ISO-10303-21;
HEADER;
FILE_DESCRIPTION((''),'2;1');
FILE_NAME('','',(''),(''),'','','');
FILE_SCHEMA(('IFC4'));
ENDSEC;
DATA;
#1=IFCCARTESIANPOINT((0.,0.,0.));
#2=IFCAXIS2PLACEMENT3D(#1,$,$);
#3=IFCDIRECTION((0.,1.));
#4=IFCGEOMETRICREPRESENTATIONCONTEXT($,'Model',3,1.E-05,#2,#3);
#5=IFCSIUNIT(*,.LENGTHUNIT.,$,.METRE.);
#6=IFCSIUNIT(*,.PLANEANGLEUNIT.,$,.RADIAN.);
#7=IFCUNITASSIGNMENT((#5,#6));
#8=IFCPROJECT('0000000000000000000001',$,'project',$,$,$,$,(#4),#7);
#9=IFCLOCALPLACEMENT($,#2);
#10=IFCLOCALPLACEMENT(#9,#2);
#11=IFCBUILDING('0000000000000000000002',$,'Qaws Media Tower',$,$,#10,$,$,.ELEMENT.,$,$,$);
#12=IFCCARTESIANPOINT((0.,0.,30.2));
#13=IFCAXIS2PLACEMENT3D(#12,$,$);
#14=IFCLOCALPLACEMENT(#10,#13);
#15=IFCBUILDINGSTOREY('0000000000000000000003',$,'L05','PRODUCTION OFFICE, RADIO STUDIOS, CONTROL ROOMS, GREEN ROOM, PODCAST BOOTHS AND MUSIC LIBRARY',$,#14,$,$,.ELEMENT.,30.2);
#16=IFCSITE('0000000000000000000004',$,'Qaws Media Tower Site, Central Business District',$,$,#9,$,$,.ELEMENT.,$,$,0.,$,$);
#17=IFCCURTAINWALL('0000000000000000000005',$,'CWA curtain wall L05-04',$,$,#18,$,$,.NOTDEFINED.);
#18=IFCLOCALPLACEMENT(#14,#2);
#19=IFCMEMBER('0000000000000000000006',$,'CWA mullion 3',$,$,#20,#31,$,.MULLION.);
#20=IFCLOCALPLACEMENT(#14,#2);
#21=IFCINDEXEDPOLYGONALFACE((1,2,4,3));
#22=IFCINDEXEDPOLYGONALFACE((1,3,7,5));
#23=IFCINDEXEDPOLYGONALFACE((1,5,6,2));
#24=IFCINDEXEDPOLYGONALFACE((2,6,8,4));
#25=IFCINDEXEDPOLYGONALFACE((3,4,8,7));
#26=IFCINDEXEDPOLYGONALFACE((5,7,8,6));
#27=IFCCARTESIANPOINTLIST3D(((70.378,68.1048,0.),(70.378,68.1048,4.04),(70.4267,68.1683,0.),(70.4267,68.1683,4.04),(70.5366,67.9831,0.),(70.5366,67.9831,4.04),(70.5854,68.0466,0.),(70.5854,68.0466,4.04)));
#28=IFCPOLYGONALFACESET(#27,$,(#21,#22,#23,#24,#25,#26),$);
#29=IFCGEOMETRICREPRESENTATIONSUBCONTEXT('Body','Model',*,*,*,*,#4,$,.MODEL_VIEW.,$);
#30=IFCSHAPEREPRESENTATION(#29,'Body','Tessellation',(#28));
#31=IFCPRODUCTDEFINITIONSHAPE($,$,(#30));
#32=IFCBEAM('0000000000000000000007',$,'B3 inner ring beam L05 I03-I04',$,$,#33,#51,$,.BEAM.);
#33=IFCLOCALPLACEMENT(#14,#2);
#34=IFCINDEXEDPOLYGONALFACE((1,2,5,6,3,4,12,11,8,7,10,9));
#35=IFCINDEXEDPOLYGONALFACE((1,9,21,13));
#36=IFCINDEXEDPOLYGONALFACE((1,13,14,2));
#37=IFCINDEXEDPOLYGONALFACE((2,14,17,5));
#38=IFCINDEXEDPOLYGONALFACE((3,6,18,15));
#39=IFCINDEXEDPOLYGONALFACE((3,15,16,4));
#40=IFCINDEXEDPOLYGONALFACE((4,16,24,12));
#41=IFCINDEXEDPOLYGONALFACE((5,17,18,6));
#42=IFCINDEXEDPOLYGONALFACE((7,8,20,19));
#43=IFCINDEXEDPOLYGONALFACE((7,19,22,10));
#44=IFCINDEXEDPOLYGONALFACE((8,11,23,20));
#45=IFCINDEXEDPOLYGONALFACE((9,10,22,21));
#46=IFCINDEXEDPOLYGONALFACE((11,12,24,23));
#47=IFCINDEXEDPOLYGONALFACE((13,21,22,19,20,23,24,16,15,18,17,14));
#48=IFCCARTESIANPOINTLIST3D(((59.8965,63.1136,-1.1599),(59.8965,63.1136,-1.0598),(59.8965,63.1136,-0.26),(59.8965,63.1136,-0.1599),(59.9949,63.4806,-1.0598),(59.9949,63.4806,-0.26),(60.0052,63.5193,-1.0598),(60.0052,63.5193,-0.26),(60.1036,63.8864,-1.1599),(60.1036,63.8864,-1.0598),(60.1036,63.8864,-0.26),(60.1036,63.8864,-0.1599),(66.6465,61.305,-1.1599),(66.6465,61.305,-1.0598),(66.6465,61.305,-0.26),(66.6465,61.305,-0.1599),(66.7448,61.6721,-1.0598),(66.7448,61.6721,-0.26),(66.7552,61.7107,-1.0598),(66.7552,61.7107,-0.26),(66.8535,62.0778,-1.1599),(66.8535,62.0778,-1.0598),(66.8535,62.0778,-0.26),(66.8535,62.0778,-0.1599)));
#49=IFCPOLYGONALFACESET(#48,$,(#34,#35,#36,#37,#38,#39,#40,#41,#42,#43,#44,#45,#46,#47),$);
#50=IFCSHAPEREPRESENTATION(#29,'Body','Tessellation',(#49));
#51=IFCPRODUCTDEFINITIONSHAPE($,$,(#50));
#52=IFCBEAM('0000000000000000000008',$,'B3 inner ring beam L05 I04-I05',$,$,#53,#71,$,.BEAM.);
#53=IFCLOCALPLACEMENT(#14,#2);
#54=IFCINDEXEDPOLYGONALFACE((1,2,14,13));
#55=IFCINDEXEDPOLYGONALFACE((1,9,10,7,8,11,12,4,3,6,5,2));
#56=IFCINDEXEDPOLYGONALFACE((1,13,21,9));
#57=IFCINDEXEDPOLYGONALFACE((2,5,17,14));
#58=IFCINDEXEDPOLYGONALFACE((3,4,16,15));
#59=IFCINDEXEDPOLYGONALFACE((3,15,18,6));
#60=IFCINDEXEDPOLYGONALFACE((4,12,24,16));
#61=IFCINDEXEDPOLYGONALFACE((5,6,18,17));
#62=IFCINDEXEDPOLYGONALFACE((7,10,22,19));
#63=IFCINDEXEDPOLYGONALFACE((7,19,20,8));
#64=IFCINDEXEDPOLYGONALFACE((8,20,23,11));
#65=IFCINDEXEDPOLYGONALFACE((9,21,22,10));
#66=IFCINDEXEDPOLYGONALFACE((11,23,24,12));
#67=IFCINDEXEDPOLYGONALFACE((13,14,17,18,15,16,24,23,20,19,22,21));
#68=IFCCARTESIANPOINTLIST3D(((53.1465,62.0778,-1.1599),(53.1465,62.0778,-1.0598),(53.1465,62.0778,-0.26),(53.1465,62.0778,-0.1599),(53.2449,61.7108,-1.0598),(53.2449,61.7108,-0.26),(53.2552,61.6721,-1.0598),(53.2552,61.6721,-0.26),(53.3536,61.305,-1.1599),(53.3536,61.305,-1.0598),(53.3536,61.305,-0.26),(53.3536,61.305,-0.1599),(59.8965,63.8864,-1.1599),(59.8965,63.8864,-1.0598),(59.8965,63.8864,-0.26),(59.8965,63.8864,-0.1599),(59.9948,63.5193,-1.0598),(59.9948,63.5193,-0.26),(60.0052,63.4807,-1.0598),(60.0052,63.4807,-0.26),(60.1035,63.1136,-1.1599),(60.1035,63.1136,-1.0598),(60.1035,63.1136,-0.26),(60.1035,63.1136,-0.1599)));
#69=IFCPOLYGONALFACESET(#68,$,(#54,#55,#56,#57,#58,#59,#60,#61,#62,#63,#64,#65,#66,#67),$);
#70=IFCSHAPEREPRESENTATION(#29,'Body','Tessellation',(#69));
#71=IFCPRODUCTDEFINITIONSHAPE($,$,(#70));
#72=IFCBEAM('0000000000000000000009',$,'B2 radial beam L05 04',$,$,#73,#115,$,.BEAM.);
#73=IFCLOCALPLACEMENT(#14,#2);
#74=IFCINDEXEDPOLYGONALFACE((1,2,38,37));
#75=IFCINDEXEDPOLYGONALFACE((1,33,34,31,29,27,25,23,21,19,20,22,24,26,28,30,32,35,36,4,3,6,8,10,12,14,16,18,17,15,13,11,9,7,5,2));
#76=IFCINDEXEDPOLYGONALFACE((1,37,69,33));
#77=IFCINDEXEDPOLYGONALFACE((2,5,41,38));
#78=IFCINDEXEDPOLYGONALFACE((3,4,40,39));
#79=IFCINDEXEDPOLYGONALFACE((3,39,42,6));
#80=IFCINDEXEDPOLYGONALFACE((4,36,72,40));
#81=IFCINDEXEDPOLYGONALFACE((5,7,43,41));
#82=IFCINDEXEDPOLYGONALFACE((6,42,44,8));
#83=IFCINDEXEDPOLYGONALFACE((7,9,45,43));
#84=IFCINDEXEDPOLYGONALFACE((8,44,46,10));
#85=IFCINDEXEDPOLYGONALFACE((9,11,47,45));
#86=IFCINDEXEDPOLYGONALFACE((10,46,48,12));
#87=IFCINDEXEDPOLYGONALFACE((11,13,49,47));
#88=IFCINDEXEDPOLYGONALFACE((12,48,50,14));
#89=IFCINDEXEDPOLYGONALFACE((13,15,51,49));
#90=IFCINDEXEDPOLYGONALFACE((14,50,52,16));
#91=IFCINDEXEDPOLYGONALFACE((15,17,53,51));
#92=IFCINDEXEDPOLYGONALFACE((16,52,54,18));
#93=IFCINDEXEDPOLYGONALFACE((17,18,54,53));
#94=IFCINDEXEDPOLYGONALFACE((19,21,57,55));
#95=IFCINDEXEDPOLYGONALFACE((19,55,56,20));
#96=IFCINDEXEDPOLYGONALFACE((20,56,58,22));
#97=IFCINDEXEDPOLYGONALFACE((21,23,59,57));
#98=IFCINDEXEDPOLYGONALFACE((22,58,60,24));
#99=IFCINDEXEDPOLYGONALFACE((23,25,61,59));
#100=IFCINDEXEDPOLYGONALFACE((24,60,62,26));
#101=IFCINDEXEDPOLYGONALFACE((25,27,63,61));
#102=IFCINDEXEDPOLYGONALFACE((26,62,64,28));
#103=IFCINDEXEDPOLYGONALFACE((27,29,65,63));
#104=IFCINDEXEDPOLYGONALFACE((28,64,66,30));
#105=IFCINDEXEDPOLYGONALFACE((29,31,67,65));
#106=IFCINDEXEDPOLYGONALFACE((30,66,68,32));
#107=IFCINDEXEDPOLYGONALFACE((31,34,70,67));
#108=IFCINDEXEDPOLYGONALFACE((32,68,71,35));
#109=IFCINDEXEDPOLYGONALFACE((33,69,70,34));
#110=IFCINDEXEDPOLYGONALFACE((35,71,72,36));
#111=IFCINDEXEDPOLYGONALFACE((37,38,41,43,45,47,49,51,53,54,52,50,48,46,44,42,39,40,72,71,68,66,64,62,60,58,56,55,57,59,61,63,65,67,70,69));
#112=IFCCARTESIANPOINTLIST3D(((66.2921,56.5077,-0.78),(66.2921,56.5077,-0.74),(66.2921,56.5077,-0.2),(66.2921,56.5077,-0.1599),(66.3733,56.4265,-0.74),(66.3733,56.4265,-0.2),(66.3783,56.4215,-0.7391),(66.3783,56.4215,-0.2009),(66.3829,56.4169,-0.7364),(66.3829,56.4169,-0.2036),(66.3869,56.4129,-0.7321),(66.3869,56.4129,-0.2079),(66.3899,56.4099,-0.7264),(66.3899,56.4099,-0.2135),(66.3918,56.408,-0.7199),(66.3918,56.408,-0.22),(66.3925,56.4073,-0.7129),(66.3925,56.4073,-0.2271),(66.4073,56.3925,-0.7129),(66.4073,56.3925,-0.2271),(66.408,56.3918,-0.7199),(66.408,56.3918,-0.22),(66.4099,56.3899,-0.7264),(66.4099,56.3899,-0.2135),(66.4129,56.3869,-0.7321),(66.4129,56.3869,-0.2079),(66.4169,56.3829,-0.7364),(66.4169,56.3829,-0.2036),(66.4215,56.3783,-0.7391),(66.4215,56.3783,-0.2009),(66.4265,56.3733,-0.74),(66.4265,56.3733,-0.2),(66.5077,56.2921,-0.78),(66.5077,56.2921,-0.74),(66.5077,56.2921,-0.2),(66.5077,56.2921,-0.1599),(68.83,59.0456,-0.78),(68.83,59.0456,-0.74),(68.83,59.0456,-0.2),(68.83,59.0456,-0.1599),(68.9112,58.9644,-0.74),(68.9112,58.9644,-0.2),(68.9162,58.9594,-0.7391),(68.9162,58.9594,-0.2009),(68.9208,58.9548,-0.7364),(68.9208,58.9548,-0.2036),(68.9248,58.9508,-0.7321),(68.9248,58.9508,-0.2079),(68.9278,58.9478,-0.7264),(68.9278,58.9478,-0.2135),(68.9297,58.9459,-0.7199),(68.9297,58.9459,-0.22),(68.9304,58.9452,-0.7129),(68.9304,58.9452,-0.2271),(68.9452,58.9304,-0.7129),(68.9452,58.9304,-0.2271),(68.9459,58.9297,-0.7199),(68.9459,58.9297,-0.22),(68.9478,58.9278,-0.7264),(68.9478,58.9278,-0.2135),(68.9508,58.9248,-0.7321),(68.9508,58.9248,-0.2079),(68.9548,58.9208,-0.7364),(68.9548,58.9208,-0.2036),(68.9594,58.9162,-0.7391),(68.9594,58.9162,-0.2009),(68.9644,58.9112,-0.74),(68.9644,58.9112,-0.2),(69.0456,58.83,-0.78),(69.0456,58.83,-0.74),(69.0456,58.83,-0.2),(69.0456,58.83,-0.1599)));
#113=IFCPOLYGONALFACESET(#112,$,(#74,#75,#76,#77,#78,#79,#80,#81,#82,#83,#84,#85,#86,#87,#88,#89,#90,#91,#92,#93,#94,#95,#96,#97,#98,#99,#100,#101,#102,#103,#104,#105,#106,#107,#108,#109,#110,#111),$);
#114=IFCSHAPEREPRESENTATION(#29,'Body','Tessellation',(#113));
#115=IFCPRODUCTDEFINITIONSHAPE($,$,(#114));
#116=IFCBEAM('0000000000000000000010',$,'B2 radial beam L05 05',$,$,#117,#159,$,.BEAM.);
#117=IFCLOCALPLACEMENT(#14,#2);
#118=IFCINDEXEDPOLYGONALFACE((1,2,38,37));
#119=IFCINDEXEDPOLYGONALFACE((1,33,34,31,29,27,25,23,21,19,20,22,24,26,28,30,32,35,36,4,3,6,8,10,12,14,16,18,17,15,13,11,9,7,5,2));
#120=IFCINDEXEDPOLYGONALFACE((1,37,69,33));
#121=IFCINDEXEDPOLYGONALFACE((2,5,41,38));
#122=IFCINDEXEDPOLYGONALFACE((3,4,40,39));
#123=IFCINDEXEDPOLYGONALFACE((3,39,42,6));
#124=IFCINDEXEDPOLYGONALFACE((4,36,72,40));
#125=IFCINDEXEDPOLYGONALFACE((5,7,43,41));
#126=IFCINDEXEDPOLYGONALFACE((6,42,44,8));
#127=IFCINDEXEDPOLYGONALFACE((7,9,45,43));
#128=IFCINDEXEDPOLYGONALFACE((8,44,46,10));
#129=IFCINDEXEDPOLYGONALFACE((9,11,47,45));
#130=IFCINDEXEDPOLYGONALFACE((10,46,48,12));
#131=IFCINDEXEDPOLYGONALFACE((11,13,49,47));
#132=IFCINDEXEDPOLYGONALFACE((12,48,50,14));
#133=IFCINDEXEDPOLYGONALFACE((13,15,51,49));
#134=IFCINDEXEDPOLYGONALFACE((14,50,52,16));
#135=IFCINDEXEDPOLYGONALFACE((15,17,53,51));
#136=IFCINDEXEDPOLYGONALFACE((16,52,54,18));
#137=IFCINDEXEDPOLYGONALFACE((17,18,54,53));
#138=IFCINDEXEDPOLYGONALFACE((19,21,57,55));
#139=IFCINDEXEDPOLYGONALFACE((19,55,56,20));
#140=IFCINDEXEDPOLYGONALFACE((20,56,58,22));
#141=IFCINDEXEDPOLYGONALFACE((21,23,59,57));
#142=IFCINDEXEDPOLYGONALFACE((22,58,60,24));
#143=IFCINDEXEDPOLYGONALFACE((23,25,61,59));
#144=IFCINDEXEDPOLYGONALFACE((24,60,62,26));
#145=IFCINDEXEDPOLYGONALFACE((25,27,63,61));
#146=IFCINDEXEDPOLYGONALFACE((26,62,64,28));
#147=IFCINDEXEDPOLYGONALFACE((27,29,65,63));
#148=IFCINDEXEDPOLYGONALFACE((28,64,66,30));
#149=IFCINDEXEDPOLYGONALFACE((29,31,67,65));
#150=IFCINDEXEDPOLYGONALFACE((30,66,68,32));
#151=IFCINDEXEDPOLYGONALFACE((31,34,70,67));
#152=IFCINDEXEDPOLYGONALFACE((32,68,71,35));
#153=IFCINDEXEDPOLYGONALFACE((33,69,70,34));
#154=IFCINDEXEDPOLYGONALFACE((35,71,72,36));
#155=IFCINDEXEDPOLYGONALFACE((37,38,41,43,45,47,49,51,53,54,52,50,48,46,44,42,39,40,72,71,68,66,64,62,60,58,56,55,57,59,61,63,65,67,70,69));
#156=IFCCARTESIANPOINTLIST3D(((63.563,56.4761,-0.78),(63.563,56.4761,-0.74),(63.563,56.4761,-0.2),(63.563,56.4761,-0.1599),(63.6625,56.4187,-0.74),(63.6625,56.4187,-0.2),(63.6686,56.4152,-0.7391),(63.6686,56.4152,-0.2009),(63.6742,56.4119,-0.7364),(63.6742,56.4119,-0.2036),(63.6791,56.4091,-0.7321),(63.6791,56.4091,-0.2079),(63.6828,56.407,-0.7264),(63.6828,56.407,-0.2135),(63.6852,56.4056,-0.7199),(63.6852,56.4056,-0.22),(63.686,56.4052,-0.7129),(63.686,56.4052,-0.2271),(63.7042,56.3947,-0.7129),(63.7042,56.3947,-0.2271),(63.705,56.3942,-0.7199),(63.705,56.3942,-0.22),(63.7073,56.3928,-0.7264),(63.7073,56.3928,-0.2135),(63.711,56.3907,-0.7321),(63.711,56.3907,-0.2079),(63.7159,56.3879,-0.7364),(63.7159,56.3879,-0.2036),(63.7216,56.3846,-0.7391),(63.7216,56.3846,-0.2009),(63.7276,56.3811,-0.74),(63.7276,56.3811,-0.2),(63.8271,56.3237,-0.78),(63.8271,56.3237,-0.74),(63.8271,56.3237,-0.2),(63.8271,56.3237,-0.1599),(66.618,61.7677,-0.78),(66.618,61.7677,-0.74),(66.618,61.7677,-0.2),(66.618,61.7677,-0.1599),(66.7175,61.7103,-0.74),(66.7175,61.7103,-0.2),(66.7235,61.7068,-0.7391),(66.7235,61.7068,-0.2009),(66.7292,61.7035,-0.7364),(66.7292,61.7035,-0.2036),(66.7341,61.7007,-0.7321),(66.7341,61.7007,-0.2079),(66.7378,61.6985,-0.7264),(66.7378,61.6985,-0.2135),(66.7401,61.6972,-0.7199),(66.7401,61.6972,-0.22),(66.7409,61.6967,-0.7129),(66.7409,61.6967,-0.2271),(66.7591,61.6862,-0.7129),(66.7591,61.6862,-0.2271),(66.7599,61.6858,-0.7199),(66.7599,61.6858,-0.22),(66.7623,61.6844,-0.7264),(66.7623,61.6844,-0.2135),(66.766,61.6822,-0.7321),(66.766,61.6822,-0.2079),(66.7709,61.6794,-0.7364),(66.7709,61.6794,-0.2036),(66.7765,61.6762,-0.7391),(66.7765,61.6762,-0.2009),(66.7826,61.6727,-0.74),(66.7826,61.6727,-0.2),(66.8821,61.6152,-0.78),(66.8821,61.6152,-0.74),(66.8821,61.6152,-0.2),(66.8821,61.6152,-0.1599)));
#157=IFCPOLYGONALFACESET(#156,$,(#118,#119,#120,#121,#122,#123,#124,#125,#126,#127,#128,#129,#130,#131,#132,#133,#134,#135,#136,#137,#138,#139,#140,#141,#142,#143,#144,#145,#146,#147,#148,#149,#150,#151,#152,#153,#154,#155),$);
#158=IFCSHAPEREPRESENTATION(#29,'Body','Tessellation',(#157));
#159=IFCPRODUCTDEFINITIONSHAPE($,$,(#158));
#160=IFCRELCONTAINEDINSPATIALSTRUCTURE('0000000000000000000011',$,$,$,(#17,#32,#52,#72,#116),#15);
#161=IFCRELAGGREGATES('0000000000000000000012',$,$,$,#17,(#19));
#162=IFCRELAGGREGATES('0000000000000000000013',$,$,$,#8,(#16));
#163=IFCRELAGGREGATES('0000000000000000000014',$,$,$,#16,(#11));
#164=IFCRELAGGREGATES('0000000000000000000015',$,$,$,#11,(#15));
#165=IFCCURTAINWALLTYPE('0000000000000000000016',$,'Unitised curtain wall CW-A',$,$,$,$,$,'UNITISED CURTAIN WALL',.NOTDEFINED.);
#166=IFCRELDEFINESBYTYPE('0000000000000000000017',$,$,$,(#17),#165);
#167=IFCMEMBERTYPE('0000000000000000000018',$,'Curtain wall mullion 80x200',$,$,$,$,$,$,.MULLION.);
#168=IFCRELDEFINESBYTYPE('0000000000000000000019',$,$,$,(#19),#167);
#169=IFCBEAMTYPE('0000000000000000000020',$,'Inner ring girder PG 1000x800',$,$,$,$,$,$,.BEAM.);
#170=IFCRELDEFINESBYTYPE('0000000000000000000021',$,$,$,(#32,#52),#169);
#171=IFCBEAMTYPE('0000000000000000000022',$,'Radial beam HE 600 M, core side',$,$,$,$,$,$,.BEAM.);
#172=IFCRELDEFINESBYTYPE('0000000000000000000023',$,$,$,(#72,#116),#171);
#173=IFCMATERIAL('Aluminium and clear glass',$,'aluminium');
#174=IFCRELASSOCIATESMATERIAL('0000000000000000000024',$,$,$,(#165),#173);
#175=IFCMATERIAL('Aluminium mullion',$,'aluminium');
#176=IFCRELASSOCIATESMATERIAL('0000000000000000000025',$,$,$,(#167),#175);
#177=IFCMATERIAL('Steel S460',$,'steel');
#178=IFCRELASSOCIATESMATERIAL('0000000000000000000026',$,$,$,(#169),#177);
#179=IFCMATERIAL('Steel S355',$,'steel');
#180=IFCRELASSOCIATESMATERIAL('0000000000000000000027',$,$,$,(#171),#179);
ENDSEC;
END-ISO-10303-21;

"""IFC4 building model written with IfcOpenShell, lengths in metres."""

from ifc_helpers import new_model, si_unit, direction, frame, origin, origin_2d, place, context, subcontext, project, spatial, rectangle, i_section, extrude, material, material_profile, profile_set, type_object, element, aggregate, save


model = new_model("IFC4")

# Units and contexts
model_context = context("Model", 3, precision=1e-05, world=origin(), true_north=direction((0.0, 1.0)))
body_context = subcontext(model_context, "Body", "Model", "MODEL_VIEW")
ifc_project = project(units=[si_unit("LENGTHUNIT", "METRE"), si_unit("PLANEANGLEUNIT", "RADIAN")], contexts=[model_context])

# Site, building, storey
site_placement = place(None, origin())
site = spatial("IfcSite", under=ifc_project, at=site_placement, Name="Qaws Media Tower Site, Central Business District", CompositionType="ELEMENT", RefElevation=0.0)
building_placement = place(site_placement, origin())
building = spatial("IfcBuilding", under=site, at=building_placement, Name="Qaws Media Tower", CompositionType="ELEMENT")
storey_placement = place(building_placement, frame((0.0, 0.0, 30.2)))
storey = spatial("IfcBuildingStorey", under=building, at=storey_placement, Name="L05", Description="PRODUCTION OFFICE, RADIO STUDIOS, CONTROL ROOMS, GREEN ROOM, PODCAST BOOTHS AND MUSIC LIBRARY", CompositionType="ELEMENT", Elevation=30.2)

# Curtain wall, member
ifc_material_1 = material(Name="Aluminium and clear glass", Category="aluminium")
curtain_wall_type = type_object("IfcCurtainWallType", Name="Unitised curtain wall CW-A", ElementType="UNITISED CURTAIN WALL", PredefinedType="NOTDEFINED", material=ifc_material_1)
curtain_wall_placement = place(storey_placement, origin())
curtain_wall = element("IfcCurtainWall", 1, at=curtain_wall_placement, inside=storey, type_object=curtain_wall_type, Name="CWA curtain wall L05-04", PredefinedType="NOTDEFINED")
ifc_material_2 = material(Name="Aluminium mullion", Category="aluminium")
ifc_material_profile_1 = material_profile(ifc_material_2, rectangle(XDim=0.0801, YDim=0.2, at=origin_2d()), Name="80x200")
ifc_profile_set_1 = profile_set([ifc_material_profile_1], Name="Aluminium mullion")
member_type = type_object("IfcMemberType", Name="Curtain wall mullion 80x200", PredefinedType="MULLION", material=ifc_profile_set_1)
member_placement = place(storey_placement, frame((70.4817, 68.0757, 0.0), z_axis=(0.0, 0.0, 1.0), x_axis=(-0.608761, -0.793353, 0.0)))
member = element("IfcMember", 2, at=member_placement, type_object=member_type, Name="CWA mullion 3", PredefinedType="MULLION", context=body_context, shape_type="SweptSolid", body=[
    extrude(rectangle(XDim=0.0801, YDim=0.2, at=origin_2d()), origin(), (0.0, 0.0, 1.0), 4.04),
])

# Beams
ifc_material_3 = material(Name="Steel S460", Category="steel")
ifc_material_profile_2 = material_profile(ifc_material_3, i_section(OverallWidth=0.8, OverallDepth=1.0, WebThickness=0.04, FlangeThickness=0.1001, at=origin_2d()), Name="PG 1000x800")
ifc_profile_set_2 = profile_set([ifc_material_profile_2], Name="Steel S460")
beam_type_1 = type_object("IfcBeamType", Name="Inner ring girder PG 1000x800", PredefinedType="BEAM", material=ifc_profile_set_2)
for number, where, z_axis, x_axis, name in (
    (3, (66.75, 61.6914, -0.6599), (-0.965928, 0.258811, 0.0), (-0.258811, -0.965928, 0.0), "B3 inner ring beam L05 I03-I04"),
    (4, (60.0, 63.5, -0.6599), (-0.965928, -0.258811, 0.0), (0.258811, -0.965928, 0.0), "B3 inner ring beam L05 I04-I05"),
):
    element("IfcBeam", number, at=place(storey_placement, frame(where, z_axis=z_axis, x_axis=x_axis)), inside=storey, type_object=beam_type_1, Name=name, PredefinedType="BEAM", context=body_context, shape_type="SweptSolid", body=[
        extrude(i_section(OverallWidth=0.8, OverallDepth=1.0, WebThickness=0.04, FlangeThickness=0.1001, at=origin_2d()), origin(), (0.0, 0.0, 1.0), 6.988),
    ])
ifc_material_4 = material(Name="Steel S355", Category="steel")
ifc_material_profile_3 = material_profile(ifc_material_4, i_section(OverallWidth=0.3049, OverallDepth=0.6201, WebThickness=0.021, FlangeThickness=0.04, FilletRadius=0.0271, at=origin_2d()), Name="HE 600 M")
ifc_profile_set_3 = profile_set([ifc_material_profile_3], Name="Steel S355")
beam_type_2 = type_object("IfcBeamType", Name="Radial beam HE 600 M, core side", PredefinedType="BEAM", material=ifc_profile_set_3)
beam_1_placement = place(storey_placement, frame((66.3999, 56.3999, -0.47), z_axis=(0.707107, 0.707107, 0.0), x_axis=(-0.707107, 0.707107, 0.0)))
element("IfcBeam", 5, at=beam_1_placement, inside=storey, type_object=beam_type_2, Name="B2 radial beam L05 04", PredefinedType="BEAM", context=body_context, shape_type="SweptSolid", body=[
    extrude(i_section(OverallWidth=0.3049, OverallDepth=0.6201, WebThickness=0.021, FlangeThickness=0.04, FilletRadius=0.0271, at=origin_2d()), origin(), (0.0, 0.0, 1.0), 3.5891),
])
beam_2_placement = place(storey_placement, frame((63.6951, 56.3999, -0.47), z_axis=(0.499985, 0.866034, 0.0), x_axis=(-0.866034, 0.499985, 0.0)))
element("IfcBeam", 6, at=beam_2_placement, inside=storey, type_object=beam_type_2, Name="B2 radial beam L05 05", PredefinedType="BEAM", context=body_context, shape_type="SweptSolid", body=[
    extrude(i_section(OverallWidth=0.3049, OverallDepth=0.6201, WebThickness=0.021, FlangeThickness=0.04, FilletRadius=0.0271, at=origin_2d()), origin(), (0.0, 0.0, 1.0), 6.1101),
])

aggregate(curtain_wall, [member])

save(model, "model.ifc")
